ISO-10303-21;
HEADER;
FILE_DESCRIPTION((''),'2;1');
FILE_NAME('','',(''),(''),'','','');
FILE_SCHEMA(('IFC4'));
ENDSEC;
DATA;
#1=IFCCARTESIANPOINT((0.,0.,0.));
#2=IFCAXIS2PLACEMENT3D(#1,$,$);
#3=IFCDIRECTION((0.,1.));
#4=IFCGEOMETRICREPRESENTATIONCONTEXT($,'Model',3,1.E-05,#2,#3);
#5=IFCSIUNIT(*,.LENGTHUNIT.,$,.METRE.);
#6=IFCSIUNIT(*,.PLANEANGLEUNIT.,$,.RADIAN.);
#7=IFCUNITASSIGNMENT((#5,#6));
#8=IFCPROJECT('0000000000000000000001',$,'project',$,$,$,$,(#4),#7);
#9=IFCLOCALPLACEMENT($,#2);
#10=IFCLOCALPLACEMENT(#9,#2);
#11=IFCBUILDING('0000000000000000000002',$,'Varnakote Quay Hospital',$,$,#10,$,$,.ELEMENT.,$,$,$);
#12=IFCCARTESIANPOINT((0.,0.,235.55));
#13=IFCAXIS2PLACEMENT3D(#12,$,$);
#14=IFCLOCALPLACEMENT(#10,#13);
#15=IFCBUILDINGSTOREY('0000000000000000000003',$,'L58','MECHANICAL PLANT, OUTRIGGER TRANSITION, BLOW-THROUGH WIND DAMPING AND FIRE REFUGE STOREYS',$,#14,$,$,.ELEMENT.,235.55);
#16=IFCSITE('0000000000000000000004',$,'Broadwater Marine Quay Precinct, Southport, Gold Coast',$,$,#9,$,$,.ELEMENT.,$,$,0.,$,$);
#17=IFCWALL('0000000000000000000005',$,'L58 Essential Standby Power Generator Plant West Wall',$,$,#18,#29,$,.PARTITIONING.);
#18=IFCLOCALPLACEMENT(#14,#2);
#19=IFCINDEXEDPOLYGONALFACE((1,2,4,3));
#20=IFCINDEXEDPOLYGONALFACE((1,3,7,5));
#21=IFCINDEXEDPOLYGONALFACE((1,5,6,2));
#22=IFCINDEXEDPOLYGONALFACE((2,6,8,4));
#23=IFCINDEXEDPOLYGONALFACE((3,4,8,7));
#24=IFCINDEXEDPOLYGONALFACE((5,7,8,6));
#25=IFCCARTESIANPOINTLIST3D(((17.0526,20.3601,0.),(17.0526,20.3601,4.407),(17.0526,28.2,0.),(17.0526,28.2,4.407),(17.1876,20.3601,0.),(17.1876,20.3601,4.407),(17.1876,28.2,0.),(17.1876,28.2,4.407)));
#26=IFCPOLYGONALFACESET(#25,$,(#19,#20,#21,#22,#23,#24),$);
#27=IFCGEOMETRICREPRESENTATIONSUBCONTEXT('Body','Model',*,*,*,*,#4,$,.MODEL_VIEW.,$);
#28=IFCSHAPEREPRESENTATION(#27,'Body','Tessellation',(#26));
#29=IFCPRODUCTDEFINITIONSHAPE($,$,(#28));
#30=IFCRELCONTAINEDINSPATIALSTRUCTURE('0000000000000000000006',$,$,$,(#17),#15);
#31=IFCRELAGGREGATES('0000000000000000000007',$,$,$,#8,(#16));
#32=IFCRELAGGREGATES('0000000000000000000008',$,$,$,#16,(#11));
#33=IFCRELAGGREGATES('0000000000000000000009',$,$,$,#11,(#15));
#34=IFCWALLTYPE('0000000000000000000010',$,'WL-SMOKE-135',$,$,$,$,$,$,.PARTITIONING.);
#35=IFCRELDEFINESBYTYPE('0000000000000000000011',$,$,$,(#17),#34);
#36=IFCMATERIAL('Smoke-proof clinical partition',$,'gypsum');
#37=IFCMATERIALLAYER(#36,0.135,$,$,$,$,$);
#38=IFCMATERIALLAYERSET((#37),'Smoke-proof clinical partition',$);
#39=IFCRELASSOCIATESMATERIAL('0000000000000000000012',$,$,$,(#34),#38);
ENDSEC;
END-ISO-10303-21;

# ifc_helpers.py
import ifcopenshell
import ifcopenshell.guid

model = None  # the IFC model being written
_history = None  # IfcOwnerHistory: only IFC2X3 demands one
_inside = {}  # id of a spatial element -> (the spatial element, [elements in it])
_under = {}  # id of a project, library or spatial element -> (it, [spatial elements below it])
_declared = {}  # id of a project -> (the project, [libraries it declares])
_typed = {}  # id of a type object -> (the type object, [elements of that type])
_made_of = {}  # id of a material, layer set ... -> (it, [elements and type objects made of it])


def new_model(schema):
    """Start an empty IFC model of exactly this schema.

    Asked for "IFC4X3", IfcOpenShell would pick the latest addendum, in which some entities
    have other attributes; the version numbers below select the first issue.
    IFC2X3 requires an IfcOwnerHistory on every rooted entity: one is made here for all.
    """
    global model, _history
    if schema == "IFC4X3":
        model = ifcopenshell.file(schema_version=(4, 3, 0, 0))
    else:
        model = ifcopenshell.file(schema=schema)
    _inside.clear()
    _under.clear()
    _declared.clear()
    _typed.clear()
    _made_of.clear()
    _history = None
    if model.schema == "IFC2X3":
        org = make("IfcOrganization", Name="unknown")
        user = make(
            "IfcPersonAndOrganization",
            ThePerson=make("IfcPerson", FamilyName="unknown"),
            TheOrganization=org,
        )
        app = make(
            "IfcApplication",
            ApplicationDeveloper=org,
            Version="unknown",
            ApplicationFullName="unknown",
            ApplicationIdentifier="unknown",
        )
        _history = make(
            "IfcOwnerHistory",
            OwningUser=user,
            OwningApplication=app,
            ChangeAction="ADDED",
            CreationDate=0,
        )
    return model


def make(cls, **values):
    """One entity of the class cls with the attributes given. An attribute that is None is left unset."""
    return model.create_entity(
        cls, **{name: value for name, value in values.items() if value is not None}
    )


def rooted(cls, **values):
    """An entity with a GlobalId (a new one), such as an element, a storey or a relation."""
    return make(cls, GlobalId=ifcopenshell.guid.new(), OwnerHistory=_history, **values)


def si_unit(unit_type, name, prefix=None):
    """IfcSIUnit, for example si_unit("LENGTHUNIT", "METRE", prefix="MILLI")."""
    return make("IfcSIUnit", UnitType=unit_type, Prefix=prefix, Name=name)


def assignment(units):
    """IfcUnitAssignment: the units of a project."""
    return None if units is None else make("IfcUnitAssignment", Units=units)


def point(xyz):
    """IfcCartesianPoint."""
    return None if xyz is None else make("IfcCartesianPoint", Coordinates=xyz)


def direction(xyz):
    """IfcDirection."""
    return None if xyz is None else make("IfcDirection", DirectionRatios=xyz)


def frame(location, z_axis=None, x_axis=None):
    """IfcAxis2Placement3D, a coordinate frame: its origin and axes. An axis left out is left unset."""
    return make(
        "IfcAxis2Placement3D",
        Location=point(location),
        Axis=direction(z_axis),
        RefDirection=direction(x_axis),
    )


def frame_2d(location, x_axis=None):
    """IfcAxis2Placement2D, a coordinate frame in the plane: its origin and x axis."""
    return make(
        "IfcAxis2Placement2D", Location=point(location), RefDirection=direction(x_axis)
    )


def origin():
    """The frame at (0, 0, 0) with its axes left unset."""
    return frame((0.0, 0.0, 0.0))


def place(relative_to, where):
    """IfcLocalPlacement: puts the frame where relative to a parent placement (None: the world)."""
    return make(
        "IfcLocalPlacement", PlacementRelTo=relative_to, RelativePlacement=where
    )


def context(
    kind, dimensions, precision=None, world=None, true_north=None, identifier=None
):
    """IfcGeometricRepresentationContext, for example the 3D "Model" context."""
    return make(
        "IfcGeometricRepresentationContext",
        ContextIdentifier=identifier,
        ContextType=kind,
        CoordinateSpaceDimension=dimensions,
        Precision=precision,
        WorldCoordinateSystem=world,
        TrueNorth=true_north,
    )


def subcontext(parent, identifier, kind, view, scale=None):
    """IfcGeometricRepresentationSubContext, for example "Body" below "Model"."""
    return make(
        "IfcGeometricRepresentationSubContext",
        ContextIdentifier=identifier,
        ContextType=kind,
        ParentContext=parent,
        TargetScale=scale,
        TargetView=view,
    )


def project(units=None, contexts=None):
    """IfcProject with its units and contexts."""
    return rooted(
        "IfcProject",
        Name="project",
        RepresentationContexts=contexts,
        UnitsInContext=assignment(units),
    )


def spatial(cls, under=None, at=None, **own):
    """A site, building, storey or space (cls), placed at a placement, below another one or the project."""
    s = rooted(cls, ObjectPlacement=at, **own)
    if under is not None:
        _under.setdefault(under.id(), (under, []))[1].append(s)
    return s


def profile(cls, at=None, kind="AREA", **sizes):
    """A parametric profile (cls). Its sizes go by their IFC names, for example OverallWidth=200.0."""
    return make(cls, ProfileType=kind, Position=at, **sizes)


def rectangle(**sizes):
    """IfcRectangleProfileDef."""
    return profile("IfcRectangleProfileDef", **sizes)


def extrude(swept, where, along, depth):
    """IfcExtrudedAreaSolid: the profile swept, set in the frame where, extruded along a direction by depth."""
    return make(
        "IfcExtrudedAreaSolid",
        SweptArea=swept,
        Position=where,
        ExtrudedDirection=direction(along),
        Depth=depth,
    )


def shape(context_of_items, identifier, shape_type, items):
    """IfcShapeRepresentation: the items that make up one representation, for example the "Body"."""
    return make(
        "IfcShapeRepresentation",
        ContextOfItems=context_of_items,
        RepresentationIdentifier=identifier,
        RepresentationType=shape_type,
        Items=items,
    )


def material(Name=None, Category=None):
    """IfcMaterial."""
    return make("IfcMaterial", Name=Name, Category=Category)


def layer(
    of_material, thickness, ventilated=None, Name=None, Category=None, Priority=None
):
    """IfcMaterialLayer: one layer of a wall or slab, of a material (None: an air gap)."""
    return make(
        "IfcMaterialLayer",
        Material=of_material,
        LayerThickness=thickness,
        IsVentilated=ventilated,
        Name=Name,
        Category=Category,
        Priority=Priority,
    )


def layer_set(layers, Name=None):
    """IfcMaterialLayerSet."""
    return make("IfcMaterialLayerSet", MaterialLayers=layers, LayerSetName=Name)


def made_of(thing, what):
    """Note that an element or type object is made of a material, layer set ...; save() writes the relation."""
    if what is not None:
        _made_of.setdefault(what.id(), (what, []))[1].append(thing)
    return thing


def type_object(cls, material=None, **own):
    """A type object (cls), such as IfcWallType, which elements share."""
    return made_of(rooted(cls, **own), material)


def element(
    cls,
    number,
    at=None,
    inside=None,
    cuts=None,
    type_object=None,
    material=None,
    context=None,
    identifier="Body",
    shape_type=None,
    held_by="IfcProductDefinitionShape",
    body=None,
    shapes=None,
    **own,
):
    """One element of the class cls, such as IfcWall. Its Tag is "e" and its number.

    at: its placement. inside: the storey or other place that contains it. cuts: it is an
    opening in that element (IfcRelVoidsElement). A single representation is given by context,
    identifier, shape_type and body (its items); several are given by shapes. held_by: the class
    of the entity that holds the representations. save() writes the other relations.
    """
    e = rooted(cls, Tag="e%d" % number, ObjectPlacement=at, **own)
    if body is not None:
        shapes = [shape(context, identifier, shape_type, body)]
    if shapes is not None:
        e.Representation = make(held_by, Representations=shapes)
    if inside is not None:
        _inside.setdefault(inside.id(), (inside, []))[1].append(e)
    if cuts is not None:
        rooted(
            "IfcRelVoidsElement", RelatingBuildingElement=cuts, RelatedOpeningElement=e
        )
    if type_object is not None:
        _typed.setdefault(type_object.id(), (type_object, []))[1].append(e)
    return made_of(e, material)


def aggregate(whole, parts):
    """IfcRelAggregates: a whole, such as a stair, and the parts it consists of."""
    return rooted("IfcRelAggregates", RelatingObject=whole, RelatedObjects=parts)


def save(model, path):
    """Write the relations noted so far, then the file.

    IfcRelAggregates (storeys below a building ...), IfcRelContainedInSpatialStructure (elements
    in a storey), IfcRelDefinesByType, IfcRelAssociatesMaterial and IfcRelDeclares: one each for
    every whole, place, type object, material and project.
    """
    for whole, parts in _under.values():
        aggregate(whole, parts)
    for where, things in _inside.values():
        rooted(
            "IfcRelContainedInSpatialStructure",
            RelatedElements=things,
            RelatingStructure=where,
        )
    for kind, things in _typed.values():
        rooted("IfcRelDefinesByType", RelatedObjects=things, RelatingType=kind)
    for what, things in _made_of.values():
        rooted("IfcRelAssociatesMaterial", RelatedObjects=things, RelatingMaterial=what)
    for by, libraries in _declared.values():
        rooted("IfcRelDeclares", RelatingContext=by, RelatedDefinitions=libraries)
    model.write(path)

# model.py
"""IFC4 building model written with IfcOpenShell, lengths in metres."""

from ifc_helpers import new_model, si_unit, direction, frame, frame_2d, origin, place, context, subcontext, project, spatial, rectangle, extrude, material, layer, layer_set, type_object, element, save


model = new_model("IFC4")

# Units and contexts
model_context = context("Model", 3, precision=1e-05, world=origin(), true_north=direction((0.0, 1.0)))
body_context = subcontext(model_context, "Body", "Model", "MODEL_VIEW")
ifc_project = project(units=[si_unit("LENGTHUNIT", "METRE"), si_unit("PLANEANGLEUNIT", "RADIAN")], contexts=[model_context])

# Site, building, storey
site_placement = place(None, origin())
site = spatial("IfcSite", under=ifc_project, at=site_placement, Name="Broadwater Marine Quay Precinct, Southport, Gold Coast", CompositionType="ELEMENT", RefElevation=0.0)
building_placement = place(site_placement, origin())
building = spatial("IfcBuilding", under=site, at=building_placement, Name="Varnakote Quay Hospital", CompositionType="ELEMENT")
storey_placement = place(building_placement, frame((0.0, 0.0, 235.55)))
storey = spatial("IfcBuildingStorey", under=building, at=storey_placement, Name="L58", Description="MECHANICAL PLANT, OUTRIGGER TRANSITION, BLOW-THROUGH WIND DAMPING AND FIRE REFUGE STOREYS", CompositionType="ELEMENT", Elevation=235.55)

# Wall
ifc_material_1 = material(Name="Smoke-proof clinical partition", Category="gypsum")
ifc_layer_1 = layer(ifc_material_1, 0.135)
ifc_layer_set_1 = layer_set([ifc_layer_1], Name="Smoke-proof clinical partition")
wall_type_1 = type_object("IfcWallType", Name="WL-SMOKE-135", PredefinedType="PARTITIONING", material=ifc_layer_set_1)
for number, where, z_axis, x_axis, name in (
    (1, (17.1201, 20.3601, 0.0), (0.0, 0.0, 1.0), (0.0, 1.0, 0.0), "L58 Essential Standby Power Generator Plant West Wall"),
):
    element("IfcWall", number, at=place(storey_placement, frame(where, z_axis=z_axis, x_axis=x_axis)), inside=storey, type_object=wall_type_1, Name=name, PredefinedType="PARTITIONING", context=body_context, shape_type="SweptSolid", body=[
        extrude(rectangle(XDim=7.8398, YDim=0.135, at=frame_2d((3.9199, 0.0))), origin(), (0.0, 0.0, 1.0), 4.407),
    ])

save(model, "model.ifc")
